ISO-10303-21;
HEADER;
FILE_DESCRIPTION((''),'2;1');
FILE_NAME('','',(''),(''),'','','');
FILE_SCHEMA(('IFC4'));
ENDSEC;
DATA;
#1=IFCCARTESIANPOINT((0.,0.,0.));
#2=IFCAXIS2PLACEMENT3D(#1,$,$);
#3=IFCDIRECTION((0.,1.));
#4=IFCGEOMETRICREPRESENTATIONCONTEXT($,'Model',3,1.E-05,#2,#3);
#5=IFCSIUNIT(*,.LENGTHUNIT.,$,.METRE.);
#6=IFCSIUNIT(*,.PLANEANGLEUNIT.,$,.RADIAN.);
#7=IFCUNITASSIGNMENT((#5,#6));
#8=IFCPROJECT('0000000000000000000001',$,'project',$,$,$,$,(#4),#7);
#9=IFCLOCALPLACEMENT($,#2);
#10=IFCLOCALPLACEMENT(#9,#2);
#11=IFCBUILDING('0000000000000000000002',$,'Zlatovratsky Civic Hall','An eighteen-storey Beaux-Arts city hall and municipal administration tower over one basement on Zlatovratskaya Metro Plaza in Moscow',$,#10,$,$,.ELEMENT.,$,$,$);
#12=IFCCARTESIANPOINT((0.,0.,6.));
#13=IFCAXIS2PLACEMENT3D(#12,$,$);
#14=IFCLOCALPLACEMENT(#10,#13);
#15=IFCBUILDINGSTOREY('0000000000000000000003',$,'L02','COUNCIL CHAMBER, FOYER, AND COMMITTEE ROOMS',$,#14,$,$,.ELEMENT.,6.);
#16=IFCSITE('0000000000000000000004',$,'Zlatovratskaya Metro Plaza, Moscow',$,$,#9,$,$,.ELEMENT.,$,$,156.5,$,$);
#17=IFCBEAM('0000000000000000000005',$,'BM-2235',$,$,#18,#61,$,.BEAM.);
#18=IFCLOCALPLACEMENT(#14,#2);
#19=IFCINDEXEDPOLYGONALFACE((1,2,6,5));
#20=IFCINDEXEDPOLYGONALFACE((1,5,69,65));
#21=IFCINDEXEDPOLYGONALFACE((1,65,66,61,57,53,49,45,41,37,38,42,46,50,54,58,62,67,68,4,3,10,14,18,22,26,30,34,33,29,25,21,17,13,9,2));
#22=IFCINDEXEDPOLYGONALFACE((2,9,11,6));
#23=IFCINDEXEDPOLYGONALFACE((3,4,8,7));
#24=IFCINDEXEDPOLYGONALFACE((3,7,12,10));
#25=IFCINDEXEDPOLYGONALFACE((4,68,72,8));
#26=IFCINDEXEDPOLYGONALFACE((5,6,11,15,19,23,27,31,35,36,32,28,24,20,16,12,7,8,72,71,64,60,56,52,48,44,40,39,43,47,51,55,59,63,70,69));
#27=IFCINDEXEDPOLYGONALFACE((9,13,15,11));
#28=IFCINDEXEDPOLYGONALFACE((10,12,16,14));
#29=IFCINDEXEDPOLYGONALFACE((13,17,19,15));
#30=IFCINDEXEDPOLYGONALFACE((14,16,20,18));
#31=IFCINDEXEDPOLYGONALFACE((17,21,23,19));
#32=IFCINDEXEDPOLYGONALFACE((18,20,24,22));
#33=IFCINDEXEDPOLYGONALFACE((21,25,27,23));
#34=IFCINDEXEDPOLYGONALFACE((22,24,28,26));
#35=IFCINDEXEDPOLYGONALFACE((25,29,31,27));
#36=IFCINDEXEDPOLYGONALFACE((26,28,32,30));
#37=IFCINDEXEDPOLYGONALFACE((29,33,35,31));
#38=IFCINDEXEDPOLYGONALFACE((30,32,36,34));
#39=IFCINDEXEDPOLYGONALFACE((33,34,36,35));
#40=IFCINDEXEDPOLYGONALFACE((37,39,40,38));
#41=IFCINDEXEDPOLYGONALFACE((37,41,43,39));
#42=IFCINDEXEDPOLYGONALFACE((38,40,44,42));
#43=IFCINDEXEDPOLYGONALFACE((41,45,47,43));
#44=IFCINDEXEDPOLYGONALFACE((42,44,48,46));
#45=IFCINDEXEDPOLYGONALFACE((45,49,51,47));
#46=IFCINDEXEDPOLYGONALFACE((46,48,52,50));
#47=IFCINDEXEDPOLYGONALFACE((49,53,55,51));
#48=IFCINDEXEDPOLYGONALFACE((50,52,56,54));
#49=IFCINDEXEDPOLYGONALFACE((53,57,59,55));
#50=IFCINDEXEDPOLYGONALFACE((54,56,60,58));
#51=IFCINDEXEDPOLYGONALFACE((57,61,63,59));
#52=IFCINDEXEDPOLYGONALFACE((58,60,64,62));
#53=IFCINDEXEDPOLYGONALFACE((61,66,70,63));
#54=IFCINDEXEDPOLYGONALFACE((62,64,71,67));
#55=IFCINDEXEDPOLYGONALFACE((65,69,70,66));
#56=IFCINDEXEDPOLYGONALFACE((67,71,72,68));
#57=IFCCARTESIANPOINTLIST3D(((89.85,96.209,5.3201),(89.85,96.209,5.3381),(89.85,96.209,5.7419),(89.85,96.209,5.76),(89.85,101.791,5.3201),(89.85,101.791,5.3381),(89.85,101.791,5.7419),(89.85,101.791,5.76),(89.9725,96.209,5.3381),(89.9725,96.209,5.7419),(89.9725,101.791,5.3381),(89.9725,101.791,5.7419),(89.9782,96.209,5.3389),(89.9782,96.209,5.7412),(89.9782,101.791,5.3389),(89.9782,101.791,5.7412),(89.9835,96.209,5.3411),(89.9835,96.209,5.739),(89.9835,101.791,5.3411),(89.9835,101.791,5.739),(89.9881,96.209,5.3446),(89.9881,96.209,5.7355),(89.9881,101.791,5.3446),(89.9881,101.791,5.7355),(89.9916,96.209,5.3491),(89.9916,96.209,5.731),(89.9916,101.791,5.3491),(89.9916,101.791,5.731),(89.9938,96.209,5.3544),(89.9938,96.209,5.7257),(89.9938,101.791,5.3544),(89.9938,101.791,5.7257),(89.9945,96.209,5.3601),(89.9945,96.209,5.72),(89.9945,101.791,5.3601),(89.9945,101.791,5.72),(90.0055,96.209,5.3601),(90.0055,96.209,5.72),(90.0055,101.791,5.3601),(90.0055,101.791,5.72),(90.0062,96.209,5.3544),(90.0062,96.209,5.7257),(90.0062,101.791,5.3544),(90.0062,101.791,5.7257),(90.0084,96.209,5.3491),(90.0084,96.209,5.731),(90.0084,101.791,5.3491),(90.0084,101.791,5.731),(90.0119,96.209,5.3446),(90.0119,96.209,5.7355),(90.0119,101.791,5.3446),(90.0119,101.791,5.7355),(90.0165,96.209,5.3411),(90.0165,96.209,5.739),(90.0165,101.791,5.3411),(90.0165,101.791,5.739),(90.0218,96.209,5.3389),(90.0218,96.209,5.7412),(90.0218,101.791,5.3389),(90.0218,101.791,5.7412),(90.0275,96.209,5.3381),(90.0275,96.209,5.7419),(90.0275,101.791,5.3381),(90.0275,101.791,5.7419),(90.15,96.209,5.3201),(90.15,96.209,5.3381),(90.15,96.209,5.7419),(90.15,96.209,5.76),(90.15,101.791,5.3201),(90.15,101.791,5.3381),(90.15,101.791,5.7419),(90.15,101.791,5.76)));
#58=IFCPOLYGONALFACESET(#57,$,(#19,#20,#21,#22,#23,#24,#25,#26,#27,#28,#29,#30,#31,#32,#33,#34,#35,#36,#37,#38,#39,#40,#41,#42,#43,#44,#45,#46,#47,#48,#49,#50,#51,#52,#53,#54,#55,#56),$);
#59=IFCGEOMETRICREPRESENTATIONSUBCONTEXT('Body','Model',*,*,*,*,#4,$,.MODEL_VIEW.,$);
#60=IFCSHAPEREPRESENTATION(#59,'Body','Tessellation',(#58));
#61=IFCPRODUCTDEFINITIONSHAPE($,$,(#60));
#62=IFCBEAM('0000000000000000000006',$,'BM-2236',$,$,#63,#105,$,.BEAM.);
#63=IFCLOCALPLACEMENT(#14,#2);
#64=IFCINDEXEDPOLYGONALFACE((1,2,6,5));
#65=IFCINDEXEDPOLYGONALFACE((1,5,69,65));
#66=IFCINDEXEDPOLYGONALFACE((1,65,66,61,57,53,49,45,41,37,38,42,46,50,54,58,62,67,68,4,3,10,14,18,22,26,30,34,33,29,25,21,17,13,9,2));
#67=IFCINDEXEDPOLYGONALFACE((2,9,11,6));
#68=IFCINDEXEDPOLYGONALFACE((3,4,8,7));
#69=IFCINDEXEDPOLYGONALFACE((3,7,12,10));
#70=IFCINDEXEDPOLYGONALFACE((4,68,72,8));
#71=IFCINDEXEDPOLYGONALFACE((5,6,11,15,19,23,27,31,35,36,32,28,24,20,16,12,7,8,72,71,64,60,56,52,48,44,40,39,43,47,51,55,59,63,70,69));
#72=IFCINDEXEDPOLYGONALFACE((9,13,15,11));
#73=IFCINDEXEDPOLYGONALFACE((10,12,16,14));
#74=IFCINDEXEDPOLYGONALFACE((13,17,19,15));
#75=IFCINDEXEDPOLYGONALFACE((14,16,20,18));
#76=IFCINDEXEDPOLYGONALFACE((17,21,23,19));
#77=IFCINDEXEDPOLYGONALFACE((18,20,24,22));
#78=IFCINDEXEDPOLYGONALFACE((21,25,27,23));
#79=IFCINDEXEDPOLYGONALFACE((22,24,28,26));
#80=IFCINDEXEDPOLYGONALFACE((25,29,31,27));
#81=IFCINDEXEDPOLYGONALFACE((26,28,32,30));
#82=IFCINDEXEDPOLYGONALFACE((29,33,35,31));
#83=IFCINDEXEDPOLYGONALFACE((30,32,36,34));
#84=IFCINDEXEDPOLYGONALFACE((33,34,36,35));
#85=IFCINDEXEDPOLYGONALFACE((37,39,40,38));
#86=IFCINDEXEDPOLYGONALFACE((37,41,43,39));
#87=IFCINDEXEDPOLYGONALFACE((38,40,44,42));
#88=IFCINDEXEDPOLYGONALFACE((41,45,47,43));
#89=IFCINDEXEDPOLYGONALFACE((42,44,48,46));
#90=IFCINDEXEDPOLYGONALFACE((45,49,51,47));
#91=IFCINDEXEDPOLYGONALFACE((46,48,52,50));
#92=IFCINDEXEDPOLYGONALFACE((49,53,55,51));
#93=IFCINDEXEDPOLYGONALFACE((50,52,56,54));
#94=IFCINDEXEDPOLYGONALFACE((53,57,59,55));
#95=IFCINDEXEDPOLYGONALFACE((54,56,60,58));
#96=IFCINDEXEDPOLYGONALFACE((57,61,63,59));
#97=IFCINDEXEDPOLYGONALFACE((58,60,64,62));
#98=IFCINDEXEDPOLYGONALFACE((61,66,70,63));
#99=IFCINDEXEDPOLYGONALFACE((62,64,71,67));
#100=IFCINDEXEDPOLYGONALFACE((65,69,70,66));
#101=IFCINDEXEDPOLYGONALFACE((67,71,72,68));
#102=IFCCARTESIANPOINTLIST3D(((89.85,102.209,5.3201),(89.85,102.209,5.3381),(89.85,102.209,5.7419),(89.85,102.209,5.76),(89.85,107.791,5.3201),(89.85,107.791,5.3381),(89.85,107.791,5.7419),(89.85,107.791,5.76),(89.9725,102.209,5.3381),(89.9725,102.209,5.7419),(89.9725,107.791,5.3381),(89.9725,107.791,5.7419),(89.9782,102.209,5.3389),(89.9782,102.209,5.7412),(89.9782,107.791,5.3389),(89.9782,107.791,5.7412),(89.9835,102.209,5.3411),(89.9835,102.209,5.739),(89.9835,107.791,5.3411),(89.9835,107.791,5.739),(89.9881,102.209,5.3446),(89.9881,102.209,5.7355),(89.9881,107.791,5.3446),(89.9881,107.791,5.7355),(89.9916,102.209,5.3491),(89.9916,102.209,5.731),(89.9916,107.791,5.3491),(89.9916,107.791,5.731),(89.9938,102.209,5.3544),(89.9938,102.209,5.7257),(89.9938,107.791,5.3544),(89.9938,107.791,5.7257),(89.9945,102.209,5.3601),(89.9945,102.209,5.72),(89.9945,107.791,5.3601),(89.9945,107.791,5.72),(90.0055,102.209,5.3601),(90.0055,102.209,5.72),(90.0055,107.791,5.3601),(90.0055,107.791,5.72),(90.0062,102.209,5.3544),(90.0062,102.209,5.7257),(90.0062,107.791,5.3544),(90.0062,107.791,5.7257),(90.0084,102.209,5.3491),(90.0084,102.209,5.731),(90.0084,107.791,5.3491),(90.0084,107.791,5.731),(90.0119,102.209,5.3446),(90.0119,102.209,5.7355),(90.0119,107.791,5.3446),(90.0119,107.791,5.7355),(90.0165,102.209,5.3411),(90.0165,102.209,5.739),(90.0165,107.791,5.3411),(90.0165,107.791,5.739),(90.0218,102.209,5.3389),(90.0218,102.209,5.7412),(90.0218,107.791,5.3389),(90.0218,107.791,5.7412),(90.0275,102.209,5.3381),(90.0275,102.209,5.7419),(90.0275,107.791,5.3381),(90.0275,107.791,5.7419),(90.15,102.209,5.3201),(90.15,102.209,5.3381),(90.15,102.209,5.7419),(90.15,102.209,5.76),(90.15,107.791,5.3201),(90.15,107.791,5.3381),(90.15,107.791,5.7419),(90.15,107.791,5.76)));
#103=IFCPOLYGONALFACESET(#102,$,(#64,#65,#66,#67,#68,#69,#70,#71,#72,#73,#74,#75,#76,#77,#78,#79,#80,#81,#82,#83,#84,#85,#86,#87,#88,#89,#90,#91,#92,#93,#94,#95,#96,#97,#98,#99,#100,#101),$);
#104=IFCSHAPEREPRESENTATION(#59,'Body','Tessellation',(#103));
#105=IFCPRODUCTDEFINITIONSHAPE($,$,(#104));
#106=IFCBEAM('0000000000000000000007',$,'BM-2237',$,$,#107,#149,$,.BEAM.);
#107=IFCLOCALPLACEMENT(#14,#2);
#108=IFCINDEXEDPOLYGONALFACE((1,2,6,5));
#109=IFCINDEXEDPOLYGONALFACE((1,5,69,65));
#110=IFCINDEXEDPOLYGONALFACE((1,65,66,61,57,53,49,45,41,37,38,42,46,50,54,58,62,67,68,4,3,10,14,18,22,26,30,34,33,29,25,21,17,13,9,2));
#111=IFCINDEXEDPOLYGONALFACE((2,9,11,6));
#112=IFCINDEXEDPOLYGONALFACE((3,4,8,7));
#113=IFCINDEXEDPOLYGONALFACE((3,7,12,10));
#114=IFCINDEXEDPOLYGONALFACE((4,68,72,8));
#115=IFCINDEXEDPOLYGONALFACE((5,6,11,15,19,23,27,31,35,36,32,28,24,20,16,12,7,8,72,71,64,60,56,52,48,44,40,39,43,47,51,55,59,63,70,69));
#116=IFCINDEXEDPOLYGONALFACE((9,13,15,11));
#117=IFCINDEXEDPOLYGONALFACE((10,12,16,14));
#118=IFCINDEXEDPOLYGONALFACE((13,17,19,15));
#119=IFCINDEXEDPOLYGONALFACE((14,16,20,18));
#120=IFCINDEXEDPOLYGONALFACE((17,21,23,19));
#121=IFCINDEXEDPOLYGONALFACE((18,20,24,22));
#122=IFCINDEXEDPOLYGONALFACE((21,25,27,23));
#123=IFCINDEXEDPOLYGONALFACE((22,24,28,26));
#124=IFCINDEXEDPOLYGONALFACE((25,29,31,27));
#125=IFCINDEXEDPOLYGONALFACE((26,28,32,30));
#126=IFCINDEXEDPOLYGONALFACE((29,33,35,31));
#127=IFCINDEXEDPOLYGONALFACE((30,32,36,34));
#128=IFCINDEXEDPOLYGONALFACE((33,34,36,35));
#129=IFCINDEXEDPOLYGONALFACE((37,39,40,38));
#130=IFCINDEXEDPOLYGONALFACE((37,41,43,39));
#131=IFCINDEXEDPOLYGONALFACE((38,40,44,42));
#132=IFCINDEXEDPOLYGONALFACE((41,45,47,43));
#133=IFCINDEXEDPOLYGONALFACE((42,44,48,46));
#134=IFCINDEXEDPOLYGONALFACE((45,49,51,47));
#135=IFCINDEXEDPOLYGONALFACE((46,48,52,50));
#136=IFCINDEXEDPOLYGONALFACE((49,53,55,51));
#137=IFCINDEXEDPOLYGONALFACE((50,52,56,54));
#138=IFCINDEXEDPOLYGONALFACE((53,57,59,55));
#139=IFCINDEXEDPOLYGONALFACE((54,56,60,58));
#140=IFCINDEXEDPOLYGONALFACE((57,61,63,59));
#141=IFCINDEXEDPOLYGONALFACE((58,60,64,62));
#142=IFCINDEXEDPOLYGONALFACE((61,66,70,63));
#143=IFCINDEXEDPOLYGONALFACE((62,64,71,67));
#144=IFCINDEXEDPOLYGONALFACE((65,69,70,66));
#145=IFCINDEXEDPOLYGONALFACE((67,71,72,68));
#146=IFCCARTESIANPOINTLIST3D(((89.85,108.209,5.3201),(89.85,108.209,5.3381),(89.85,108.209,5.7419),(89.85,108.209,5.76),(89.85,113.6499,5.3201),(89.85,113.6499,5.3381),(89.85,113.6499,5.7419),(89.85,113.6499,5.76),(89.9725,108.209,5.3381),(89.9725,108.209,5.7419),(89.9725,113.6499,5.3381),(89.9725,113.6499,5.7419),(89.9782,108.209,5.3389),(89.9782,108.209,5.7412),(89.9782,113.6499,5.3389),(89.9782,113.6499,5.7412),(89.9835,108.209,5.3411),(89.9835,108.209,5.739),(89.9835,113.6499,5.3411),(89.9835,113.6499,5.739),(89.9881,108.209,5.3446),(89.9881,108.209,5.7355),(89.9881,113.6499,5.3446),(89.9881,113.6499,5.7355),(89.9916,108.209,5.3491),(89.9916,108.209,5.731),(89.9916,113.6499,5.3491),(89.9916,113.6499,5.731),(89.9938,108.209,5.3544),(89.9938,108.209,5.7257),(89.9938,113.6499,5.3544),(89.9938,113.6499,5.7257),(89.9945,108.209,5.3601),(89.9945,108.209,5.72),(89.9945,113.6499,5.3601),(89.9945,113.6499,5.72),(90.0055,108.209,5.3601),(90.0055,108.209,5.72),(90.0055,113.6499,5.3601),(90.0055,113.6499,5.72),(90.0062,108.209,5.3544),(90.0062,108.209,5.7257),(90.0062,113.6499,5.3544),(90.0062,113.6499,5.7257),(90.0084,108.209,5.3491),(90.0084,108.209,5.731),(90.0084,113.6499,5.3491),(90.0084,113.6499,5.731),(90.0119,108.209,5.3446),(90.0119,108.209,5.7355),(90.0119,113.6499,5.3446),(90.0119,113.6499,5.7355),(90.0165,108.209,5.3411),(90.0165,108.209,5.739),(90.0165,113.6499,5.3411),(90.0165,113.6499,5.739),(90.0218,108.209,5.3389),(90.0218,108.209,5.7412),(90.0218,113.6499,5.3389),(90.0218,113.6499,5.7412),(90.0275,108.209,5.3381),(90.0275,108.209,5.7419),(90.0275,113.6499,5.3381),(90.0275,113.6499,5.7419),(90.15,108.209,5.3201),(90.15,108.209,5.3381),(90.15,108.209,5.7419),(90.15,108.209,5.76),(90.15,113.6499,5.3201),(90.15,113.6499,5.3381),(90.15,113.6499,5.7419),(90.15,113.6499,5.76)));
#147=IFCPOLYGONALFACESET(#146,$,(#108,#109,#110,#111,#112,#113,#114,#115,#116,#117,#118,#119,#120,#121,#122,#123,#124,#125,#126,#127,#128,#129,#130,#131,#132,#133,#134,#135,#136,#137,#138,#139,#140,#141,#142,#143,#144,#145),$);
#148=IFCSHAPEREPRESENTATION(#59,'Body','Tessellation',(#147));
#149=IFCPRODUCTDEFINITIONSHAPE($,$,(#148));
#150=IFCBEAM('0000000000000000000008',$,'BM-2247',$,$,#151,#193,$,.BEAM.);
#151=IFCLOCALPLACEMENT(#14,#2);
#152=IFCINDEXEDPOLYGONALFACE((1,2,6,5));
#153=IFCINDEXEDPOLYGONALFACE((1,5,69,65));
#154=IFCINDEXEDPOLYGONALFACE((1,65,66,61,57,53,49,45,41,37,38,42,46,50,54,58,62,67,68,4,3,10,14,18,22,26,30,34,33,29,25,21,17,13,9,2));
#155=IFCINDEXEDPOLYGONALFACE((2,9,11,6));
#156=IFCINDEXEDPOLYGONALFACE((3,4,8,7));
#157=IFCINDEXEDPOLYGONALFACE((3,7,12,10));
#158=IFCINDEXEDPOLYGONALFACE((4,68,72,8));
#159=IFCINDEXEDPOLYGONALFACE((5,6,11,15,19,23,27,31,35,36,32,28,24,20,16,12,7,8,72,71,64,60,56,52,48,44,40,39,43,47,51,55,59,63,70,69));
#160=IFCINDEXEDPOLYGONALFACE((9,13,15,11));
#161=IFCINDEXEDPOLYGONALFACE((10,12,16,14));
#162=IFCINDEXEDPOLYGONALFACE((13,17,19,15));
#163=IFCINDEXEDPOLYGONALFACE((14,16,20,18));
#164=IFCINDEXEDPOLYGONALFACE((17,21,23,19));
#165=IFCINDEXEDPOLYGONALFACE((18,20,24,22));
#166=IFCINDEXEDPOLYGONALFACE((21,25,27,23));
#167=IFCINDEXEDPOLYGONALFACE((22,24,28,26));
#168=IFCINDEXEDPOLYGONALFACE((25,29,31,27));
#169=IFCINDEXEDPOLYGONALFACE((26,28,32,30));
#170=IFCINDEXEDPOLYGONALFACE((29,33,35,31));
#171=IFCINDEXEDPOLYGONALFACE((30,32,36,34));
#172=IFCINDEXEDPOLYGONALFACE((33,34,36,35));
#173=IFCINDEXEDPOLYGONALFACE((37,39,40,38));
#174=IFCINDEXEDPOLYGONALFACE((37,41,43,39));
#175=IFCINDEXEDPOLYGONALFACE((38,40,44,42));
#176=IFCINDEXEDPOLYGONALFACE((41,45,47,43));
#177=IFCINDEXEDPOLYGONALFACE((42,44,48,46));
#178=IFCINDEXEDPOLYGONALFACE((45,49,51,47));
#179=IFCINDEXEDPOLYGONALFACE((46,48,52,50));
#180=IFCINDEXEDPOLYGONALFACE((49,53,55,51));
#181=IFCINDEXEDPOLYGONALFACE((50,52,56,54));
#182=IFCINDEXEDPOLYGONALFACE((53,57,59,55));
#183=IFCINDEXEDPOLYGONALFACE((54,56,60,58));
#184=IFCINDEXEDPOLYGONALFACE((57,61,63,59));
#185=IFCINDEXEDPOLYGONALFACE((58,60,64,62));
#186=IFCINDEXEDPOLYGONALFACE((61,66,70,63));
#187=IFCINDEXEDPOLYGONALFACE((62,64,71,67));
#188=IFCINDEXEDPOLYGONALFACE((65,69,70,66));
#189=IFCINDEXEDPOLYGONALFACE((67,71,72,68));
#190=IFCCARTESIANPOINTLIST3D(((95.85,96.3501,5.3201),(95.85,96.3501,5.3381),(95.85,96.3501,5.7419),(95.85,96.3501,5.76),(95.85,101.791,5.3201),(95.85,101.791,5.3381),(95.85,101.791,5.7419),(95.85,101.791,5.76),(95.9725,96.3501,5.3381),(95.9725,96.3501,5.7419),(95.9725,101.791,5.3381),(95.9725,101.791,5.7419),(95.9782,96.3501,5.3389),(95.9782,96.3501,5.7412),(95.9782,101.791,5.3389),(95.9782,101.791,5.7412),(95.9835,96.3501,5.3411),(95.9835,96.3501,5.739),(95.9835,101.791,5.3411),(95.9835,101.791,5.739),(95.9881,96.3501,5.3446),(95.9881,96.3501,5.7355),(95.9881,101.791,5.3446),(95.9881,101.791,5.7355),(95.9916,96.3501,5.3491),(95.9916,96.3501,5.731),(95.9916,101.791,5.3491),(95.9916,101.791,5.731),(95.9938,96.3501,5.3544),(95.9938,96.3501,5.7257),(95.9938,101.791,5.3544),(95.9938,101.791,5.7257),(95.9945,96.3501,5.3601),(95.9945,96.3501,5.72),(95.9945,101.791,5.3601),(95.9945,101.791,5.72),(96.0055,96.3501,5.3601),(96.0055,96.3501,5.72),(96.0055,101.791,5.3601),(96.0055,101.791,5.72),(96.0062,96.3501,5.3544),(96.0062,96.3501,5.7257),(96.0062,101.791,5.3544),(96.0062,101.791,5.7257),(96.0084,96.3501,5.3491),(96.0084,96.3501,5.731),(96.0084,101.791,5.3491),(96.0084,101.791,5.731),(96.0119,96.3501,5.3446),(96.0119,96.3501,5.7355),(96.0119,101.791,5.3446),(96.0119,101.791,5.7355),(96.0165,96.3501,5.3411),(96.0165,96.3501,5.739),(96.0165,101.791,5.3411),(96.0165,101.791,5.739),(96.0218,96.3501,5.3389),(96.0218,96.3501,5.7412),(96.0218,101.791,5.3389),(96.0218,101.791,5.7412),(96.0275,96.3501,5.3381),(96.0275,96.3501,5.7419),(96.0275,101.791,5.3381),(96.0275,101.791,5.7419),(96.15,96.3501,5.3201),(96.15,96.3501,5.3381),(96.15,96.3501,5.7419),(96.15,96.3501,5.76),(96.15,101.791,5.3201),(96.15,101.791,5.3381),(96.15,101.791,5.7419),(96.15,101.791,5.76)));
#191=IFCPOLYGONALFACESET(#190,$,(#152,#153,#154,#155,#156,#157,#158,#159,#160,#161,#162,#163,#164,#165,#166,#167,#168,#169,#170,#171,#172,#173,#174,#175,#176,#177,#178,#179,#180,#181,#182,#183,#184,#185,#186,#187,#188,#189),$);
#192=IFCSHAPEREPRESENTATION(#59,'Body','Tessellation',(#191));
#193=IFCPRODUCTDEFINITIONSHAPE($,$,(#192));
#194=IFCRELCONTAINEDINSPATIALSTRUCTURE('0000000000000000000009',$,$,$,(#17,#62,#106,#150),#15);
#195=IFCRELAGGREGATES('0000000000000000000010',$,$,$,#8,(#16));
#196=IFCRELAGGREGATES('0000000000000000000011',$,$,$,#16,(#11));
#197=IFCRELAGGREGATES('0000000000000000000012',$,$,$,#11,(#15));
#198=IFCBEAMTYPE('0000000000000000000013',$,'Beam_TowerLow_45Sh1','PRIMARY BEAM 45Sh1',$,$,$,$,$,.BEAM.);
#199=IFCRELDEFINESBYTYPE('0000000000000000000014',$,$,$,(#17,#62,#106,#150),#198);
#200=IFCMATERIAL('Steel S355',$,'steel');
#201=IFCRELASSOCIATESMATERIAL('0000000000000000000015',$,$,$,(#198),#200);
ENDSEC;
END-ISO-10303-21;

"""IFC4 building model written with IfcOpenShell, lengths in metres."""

from ifc_helpers import new_model, si_unit, direction, frame, origin, origin_2d, place, context, subcontext, project, spatial, i_section, extrude, material, material_profile, profile_set, type_object, element, save


model = new_model("IFC4")

# Units and contexts
model_context = context("Model", 3, precision=1e-05, world=origin(), true_north=direction((0.0, 1.0)))
body_context = subcontext(model_context, "Body", "Model", "MODEL_VIEW")
ifc_project = project(units=[si_unit("LENGTHUNIT", "METRE"), si_unit("PLANEANGLEUNIT", "RADIAN")], contexts=[model_context])

# Site, building, storey
site_placement = place(None, origin())
site = spatial("IfcSite", under=ifc_project, at=site_placement, Name="Zlatovratskaya Metro Plaza, Moscow", CompositionType="ELEMENT", RefElevation=156.5)
building_placement = place(site_placement, origin())
building = spatial("IfcBuilding", under=site, at=building_placement, Name="Zlatovratsky Civic Hall", Description="An eighteen-storey Beaux-Arts city hall and municipal administration tower over one basement on Zlatovratskaya Metro Plaza in Moscow", CompositionType="ELEMENT")
storey_placement = place(building_placement, frame((0.0, 0.0, 6.0)))
storey = spatial("IfcBuildingStorey", under=building, at=storey_placement, Name="L02", Description="COUNCIL CHAMBER, FOYER, AND COMMITTEE ROOMS", CompositionType="ELEMENT", Elevation=6.0)

# Shared definitions
ifc_material_1 = material(Name="Steel S355", Category="steel")

# Beams
ifc_material_profile_1 = material_profile(ifc_material_1, i_section(OverallWidth=0.3, OverallDepth=0.4399, WebThickness=0.011, FlangeThickness=0.0181, FilletRadius=0.022, at=origin_2d()), Name="45Sh1")
ifc_profile_set_1 = profile_set([ifc_material_profile_1], Name="Steel S355")
beam_type_1 = type_object("IfcBeamType", Name="Beam_TowerLow_45Sh1", Description="PRIMARY BEAM 45Sh1", PredefinedType="BEAM", material=ifc_profile_set_1)
for number, where, z_axis, x_axis, name in (
    (1, (90.0, 96.209, 5.54), (0.0, 1.0, 0.0), (-1.0, 0.0, 0.0), "BM-2235"),
    (2, (90.0, 102.209, 5.54), (0.0, 1.0, 0.0), (-1.0, 0.0, 0.0), "BM-2236"),
):
    element("IfcBeam", number, at=place(storey_placement, frame(where, z_axis=z_axis, x_axis=x_axis)), inside=storey, type_object=beam_type_1, Name=name, PredefinedType="BEAM", context=body_context, shape_type="SweptSolid", body=[
        extrude(i_section(OverallWidth=0.3, OverallDepth=0.4399, WebThickness=0.011, FlangeThickness=0.0181, FilletRadius=0.022, at=origin_2d()), origin(), (0.0, 0.0, 1.0), 5.582),
    ])
for number, where, z_axis, x_axis, name in (
    (3, (90.0, 108.209, 5.54), (0.0, 1.0, 0.0), (-1.0, 0.0, 0.0), "BM-2237"),
    (4, (96.0, 96.3501, 5.54), (0.0, 1.0, 0.0), (-1.0, 0.0, 0.0), "BM-2247"),
):
    element("IfcBeam", number, at=place(storey_placement, frame(where, z_axis=z_axis, x_axis=x_axis)), inside=storey, type_object=beam_type_1, Name=name, PredefinedType="BEAM", context=body_context, shape_type="SweptSolid", body=[
        extrude(i_section(OverallWidth=0.3, OverallDepth=0.4399, WebThickness=0.011, FlangeThickness=0.0181, FilletRadius=0.022, at=origin_2d()), origin(), (0.0, 0.0, 1.0), 5.4409),
    ])

save(model, "model.ifc")
